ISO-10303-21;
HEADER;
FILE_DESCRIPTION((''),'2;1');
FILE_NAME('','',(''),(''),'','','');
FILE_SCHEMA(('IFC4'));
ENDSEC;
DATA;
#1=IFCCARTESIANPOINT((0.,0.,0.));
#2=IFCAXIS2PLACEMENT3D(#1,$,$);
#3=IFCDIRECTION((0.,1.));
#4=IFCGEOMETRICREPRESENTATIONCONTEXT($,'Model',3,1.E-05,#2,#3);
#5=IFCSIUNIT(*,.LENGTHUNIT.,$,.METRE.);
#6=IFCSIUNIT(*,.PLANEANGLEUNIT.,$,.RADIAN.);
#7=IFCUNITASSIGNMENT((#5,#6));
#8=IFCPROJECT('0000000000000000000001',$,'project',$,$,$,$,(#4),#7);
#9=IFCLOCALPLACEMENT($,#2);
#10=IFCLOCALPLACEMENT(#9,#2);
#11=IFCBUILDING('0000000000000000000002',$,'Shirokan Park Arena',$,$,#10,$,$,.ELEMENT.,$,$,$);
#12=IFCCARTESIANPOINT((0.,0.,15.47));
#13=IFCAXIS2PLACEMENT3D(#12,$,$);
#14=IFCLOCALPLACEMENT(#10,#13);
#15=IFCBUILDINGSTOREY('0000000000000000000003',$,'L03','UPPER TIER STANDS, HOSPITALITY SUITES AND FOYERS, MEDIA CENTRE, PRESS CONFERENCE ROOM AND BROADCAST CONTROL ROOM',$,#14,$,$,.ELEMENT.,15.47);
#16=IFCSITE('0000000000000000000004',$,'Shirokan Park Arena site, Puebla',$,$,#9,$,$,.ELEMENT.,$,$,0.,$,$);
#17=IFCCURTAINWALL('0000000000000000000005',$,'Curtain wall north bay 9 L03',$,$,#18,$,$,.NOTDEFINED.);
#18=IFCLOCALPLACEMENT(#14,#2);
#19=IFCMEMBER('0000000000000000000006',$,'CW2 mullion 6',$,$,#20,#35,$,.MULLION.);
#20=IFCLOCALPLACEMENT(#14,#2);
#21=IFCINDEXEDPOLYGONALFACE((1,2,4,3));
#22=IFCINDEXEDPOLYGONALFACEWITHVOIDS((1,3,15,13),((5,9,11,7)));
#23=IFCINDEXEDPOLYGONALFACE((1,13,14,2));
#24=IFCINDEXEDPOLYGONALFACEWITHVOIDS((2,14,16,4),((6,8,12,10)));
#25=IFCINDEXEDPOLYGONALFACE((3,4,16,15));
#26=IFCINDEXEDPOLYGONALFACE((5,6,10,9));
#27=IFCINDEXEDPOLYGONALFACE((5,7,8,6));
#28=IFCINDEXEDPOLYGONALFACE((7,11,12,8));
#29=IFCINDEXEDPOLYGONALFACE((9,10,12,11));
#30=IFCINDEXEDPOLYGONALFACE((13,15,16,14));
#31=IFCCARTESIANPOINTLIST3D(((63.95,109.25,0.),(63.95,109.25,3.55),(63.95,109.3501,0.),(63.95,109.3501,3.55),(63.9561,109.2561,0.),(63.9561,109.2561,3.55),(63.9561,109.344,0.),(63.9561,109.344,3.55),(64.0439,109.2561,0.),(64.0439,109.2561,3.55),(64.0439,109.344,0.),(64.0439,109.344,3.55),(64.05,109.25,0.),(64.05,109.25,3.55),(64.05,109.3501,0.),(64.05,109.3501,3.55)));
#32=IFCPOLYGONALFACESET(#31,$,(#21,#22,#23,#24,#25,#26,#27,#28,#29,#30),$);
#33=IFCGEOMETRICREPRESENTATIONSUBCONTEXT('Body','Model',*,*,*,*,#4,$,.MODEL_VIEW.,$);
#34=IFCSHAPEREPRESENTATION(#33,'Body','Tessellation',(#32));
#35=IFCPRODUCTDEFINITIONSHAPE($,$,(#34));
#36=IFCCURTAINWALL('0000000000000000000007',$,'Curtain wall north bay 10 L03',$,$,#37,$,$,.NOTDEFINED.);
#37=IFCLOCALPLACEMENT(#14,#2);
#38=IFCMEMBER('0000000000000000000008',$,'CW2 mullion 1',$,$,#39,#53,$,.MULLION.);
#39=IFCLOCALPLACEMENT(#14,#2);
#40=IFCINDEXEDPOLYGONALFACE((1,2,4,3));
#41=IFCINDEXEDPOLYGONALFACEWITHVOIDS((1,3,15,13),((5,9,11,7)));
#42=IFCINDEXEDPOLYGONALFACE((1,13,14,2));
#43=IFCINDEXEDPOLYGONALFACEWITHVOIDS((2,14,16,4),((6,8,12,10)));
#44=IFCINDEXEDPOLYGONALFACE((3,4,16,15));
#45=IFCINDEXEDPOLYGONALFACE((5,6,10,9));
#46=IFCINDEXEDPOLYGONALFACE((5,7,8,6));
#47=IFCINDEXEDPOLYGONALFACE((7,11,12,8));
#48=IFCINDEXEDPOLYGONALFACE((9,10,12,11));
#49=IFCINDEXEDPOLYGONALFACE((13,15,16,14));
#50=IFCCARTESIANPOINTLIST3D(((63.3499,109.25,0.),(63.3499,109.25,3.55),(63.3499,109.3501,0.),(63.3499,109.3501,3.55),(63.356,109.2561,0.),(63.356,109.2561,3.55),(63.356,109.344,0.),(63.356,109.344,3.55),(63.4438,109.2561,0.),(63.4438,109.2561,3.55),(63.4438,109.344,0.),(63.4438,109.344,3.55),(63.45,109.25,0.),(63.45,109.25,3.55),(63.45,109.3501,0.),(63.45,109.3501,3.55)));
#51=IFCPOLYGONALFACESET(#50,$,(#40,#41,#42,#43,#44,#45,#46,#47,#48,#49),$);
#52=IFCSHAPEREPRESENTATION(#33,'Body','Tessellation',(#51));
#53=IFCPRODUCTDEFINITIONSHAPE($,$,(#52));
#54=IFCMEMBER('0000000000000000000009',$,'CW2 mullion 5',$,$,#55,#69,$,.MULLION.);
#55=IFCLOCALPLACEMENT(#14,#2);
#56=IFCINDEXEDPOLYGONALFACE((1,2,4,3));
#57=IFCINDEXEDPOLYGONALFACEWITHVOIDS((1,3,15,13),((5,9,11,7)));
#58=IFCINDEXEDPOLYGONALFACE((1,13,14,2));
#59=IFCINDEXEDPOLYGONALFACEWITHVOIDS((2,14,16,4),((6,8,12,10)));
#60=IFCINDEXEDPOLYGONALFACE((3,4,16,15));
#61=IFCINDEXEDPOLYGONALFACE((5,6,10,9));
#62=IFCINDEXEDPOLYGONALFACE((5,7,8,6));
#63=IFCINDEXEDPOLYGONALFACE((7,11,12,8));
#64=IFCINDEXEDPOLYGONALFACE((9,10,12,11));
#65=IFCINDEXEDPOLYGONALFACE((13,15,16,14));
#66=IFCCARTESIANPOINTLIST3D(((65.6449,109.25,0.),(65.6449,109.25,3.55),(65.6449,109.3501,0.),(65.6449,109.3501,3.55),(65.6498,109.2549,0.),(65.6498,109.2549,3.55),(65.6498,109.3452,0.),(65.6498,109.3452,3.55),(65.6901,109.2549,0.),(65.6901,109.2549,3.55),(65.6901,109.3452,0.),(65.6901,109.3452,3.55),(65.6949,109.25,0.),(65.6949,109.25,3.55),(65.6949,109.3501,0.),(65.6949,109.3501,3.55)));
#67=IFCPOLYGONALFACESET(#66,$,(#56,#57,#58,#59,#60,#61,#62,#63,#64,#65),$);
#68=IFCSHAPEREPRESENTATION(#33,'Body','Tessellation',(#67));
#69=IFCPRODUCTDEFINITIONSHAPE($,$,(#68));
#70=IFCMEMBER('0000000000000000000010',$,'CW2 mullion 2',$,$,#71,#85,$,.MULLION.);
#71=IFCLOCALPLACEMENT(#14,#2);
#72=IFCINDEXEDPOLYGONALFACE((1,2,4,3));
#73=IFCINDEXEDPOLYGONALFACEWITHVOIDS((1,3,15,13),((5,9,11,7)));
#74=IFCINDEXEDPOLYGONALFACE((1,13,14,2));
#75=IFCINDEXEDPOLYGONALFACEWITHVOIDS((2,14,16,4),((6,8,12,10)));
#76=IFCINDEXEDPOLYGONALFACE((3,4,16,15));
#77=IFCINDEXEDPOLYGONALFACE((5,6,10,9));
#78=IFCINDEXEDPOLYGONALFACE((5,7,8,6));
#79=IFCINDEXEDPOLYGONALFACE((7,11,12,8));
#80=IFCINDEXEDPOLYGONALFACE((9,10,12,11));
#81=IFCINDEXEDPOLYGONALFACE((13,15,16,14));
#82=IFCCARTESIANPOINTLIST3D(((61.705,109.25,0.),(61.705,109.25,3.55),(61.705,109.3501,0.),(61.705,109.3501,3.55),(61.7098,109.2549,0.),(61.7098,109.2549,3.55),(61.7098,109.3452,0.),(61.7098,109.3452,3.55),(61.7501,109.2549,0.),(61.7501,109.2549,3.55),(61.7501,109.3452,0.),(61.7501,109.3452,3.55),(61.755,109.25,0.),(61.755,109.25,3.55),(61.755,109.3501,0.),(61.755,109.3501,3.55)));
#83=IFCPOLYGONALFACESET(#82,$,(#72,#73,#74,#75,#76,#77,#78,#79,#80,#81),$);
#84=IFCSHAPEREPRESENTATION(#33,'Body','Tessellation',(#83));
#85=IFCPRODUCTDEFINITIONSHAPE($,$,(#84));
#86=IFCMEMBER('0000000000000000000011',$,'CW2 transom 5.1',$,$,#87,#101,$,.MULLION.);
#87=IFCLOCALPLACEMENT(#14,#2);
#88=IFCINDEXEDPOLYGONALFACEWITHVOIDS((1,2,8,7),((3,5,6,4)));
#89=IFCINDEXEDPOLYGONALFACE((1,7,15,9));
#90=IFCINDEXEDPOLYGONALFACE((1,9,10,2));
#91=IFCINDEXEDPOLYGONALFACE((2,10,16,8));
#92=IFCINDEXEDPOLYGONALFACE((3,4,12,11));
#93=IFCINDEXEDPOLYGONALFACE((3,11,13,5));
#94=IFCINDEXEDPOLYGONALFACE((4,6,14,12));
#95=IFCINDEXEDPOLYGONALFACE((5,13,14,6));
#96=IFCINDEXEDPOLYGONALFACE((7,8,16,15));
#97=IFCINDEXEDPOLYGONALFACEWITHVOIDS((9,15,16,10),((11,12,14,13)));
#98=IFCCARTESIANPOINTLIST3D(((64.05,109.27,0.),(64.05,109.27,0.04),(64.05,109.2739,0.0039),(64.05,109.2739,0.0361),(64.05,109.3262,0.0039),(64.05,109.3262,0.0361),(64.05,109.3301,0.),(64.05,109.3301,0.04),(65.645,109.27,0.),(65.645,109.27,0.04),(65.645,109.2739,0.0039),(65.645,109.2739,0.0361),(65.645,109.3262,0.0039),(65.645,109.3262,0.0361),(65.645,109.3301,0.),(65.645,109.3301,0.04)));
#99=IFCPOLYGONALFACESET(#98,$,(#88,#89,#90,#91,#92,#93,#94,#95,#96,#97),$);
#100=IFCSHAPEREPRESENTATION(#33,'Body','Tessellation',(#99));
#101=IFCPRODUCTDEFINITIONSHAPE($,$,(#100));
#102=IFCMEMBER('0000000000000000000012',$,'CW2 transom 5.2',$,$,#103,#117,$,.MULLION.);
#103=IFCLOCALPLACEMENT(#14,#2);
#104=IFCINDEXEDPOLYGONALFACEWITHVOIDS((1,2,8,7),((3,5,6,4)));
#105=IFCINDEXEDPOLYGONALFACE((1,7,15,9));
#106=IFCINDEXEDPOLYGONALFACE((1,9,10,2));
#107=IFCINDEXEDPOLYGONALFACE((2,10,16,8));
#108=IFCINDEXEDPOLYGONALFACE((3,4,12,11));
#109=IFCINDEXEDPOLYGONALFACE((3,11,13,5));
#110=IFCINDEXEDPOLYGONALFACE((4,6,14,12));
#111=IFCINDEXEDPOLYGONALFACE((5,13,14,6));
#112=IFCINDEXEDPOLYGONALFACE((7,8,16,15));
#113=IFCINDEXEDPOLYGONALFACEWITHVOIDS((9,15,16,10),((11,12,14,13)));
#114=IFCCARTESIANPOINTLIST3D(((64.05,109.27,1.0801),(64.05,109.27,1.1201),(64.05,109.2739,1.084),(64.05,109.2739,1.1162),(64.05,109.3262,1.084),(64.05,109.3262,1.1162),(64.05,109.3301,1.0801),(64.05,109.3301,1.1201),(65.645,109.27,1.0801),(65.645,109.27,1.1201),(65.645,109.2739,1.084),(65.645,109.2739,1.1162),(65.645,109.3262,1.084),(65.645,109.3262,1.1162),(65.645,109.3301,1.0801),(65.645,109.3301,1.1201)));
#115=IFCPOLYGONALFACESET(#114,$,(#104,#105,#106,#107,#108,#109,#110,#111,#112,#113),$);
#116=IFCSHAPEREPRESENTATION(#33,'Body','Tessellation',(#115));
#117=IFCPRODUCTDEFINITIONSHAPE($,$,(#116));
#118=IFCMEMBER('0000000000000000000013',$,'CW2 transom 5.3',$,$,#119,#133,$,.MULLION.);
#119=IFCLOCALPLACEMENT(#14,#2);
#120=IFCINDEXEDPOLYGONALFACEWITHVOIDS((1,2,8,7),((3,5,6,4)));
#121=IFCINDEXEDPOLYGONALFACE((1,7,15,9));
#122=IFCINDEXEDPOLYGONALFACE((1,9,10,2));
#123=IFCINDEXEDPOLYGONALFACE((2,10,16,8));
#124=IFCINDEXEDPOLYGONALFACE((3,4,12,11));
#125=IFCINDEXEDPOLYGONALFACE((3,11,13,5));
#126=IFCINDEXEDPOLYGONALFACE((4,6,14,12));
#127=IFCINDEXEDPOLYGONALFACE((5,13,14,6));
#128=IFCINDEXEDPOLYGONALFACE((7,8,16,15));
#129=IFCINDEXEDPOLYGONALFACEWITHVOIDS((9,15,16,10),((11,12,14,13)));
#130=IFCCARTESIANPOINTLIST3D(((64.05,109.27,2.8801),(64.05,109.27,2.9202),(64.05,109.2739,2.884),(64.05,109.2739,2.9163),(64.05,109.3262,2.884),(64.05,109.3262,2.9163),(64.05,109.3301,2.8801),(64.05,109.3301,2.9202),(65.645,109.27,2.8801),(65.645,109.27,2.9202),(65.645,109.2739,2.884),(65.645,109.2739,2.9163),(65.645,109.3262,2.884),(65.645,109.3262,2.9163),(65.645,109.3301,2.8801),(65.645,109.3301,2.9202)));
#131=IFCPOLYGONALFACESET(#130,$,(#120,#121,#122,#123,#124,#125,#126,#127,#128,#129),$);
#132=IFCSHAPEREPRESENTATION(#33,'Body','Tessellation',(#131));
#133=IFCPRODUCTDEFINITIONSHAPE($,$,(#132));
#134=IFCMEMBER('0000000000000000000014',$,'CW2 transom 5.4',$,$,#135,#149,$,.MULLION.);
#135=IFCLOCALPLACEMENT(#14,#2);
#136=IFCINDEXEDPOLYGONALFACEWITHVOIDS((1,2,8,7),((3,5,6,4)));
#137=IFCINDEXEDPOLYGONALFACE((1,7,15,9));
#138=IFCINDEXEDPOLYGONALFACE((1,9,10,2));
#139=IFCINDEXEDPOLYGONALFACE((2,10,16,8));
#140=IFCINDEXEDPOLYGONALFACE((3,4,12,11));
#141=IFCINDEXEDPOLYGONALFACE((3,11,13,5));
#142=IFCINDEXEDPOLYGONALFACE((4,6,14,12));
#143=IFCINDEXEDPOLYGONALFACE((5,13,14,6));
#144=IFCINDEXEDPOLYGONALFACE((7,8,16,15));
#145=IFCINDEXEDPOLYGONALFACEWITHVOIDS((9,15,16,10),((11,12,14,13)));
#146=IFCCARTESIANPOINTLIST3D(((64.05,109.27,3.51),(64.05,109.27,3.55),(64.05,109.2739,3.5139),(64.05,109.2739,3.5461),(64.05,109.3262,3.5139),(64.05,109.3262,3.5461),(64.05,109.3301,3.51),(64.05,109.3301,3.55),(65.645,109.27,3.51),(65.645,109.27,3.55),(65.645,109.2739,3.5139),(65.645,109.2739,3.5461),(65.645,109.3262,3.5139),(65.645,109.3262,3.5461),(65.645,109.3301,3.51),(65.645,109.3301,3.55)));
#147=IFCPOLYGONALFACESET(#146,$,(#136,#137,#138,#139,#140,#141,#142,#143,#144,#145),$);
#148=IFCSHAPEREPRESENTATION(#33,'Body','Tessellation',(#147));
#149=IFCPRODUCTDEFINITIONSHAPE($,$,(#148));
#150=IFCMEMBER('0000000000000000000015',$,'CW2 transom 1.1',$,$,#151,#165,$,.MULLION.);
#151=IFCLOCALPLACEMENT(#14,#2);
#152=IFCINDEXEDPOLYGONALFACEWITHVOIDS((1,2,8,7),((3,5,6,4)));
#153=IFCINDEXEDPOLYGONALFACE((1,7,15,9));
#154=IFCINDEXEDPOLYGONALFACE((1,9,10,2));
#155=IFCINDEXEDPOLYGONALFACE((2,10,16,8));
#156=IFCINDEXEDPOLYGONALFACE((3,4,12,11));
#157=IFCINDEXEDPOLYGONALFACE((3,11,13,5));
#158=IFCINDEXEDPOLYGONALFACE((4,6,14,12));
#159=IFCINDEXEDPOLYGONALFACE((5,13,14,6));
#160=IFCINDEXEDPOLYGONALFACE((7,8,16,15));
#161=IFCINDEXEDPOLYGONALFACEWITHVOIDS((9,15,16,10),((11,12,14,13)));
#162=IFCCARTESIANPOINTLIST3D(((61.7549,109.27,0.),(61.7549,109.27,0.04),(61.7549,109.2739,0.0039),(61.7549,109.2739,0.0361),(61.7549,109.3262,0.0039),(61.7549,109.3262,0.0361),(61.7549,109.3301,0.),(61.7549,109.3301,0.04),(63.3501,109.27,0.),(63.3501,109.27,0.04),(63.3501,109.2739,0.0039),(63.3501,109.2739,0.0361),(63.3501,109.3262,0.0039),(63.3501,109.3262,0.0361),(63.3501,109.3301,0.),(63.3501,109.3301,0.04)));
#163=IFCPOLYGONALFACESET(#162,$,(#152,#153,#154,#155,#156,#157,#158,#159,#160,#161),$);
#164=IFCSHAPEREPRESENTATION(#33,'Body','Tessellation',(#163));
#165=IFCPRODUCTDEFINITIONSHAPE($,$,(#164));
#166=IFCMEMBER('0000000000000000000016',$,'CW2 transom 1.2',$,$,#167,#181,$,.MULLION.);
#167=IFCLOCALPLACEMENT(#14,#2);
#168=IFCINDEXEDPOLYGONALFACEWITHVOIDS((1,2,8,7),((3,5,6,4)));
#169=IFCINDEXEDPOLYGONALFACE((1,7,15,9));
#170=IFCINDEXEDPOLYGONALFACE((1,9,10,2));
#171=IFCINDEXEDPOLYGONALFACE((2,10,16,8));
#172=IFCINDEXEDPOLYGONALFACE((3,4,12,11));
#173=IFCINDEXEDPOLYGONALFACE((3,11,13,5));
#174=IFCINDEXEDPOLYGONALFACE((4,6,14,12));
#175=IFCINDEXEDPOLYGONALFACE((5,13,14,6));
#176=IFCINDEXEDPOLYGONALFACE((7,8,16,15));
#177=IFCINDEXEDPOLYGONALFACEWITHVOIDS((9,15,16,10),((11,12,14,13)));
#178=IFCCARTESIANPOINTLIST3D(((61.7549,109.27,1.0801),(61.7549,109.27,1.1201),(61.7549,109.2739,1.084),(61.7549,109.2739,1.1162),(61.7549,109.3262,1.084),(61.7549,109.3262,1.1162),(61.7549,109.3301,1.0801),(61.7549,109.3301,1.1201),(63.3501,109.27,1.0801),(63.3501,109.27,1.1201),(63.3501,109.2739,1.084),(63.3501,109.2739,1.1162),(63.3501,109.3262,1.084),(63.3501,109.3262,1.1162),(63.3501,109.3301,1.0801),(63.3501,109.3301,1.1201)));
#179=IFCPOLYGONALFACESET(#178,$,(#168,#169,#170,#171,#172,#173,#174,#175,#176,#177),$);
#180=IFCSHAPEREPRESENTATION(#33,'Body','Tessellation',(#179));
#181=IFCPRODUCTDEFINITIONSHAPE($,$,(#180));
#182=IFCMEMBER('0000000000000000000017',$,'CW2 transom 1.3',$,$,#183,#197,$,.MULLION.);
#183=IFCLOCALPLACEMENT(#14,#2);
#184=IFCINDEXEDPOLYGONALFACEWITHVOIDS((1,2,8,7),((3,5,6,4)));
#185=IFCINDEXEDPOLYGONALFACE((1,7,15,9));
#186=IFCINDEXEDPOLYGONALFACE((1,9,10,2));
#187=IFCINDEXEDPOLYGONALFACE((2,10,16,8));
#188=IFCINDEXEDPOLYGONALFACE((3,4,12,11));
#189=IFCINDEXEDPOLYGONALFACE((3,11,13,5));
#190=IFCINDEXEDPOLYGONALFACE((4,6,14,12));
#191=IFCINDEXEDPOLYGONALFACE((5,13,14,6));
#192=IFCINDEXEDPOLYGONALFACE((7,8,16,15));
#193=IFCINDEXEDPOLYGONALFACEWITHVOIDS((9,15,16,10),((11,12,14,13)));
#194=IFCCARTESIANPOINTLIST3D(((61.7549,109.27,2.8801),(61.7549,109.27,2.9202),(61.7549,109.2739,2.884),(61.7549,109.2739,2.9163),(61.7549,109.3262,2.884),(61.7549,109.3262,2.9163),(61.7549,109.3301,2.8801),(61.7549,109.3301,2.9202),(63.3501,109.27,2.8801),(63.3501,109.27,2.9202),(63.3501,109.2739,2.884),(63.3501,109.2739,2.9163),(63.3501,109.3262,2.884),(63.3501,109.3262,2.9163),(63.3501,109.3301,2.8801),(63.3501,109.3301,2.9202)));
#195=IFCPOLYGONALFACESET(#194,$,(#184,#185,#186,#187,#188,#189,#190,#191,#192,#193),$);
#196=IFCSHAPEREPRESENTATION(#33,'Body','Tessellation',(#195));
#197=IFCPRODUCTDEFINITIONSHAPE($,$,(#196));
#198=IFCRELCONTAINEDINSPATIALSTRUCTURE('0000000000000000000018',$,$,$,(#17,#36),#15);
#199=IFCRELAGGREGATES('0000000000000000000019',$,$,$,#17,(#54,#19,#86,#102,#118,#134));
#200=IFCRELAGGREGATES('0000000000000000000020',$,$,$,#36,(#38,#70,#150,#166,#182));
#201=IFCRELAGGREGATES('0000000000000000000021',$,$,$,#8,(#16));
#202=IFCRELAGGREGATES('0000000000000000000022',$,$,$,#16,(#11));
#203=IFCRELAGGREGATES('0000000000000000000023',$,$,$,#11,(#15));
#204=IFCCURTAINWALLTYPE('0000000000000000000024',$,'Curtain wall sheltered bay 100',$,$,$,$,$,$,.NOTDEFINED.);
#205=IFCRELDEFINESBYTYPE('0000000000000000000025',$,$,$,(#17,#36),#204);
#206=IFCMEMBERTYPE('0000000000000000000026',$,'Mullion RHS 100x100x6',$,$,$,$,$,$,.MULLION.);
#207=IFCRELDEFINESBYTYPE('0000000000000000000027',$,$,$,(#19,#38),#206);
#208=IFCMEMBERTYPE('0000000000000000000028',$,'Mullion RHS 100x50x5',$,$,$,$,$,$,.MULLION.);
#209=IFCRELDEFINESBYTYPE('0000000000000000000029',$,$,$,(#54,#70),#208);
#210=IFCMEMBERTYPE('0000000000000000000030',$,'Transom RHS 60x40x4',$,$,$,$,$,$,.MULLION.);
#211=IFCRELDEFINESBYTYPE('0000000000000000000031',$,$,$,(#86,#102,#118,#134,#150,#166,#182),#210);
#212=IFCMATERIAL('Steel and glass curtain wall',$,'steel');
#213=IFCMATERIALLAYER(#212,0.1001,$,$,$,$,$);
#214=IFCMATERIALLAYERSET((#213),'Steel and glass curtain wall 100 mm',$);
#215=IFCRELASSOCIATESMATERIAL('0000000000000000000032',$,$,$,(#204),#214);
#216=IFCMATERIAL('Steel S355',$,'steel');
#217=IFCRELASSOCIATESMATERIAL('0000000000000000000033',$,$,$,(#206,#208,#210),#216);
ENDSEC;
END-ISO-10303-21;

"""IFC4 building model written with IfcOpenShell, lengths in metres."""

from ifc_helpers import new_model, si_unit, direction, frame, origin, origin_2d, place, context, subcontext, project, spatial, hollow_rectangle, extrude, material, layer, layer_set, material_profile, profile_set, type_object, element, aggregate, save


model = new_model("IFC4")

# Units and contexts
model_context = context("Model", 3, precision=1e-05, world=origin(), true_north=direction((0.0, 1.0)))
body_context = subcontext(model_context, "Body", "Model", "MODEL_VIEW")
ifc_project = project(units=[si_unit("LENGTHUNIT", "METRE"), si_unit("PLANEANGLEUNIT", "RADIAN")], contexts=[model_context])

# Site, building, storey
site_placement = place(None, origin())
site = spatial("IfcSite", under=ifc_project, at=site_placement, Name="Shirokan Park Arena site, Puebla", CompositionType="ELEMENT", RefElevation=0.0)
building_placement = place(site_placement, origin())
building = spatial("IfcBuilding", under=site, at=building_placement, Name="Shirokan Park Arena", CompositionType="ELEMENT")
storey_placement = place(building_placement, frame((0.0, 0.0, 15.47)))
storey = spatial("IfcBuildingStorey", under=building, at=storey_placement, Name="L03", Description="UPPER TIER STANDS, HOSPITALITY SUITES AND FOYERS, MEDIA CENTRE, PRESS CONFERENCE ROOM AND BROADCAST CONTROL ROOM", CompositionType="ELEMENT", Elevation=15.47)

# Curtain walls, members
ifc_material_1 = material(Name="Steel and glass curtain wall", Category="steel")
ifc_layer_1 = layer(ifc_material_1, 0.1001)
ifc_layer_set_1 = layer_set([ifc_layer_1], Name="Steel and glass curtain wall 100 mm")
curtain_wall_type = type_object("IfcCurtainWallType", Name="Curtain wall sheltered bay 100", PredefinedType="NOTDEFINED", material=ifc_layer_set_1)
curtain_wall_1_placement = place(storey_placement, origin())
curtain_wall_1 = element("IfcCurtainWall", 1, at=curtain_wall_1_placement, inside=storey, type_object=curtain_wall_type, Name="Curtain wall north bay 9 L03", PredefinedType="NOTDEFINED")
ifc_material_2 = material(Name="Steel S355", Category="steel")
ifc_material_profile_1 = material_profile(ifc_material_2, hollow_rectangle(XDim=0.1001, YDim=0.1001, WallThickness=0.0061, at=origin_2d()), Name="RHS 100x100x6")
ifc_profile_set_1 = profile_set([ifc_material_profile_1], Name="Steel S355")
member_type_1 = type_object("IfcMemberType", Name="Mullion RHS 100x100x6", PredefinedType="MULLION", material=ifc_profile_set_1)
member_1_placement = place(storey_placement, frame((64.0, 109.3, 0.0), z_axis=(0.0, 0.0, 1.0), x_axis=(0.0, -1.0, 0.0)))
member_1 = element("IfcMember", 2, at=member_1_placement, type_object=member_type_1, Name="CW2 mullion 6", PredefinedType="MULLION", context=body_context, shape_type="SweptSolid", body=[
    extrude(hollow_rectangle(XDim=0.1001, YDim=0.1001, WallThickness=0.0061, at=origin_2d()), origin(), (0.0, 0.0, 1.0), 3.55),
])
curtain_wall_2_placement = place(storey_placement, origin())
curtain_wall_2 = element("IfcCurtainWall", 3, at=curtain_wall_2_placement, inside=storey, type_object=curtain_wall_type, Name="Curtain wall north bay 10 L03", PredefinedType="NOTDEFINED")
member_2_placement = place(storey_placement, frame((63.3999, 109.3, 0.0), z_axis=(0.0, 0.0, 1.0), x_axis=(0.0, -1.0, 0.0)))
member_2 = element("IfcMember", 4, at=member_2_placement, type_object=member_type_1, Name="CW2 mullion 1", PredefinedType="MULLION", context=body_context, shape_type="SweptSolid", body=[
    extrude(hollow_rectangle(XDim=0.1001, YDim=0.1001, WallThickness=0.0061, at=origin_2d()), origin(), (0.0, 0.0, 1.0), 3.55),
])

# Members
ifc_material_profile_2 = material_profile(ifc_material_2, hollow_rectangle(XDim=0.1001, YDim=0.05, WallThickness=0.0049, at=origin_2d()), Name="RHS 100x50x5")
ifc_profile_set_2 = profile_set([ifc_material_profile_2], Name="Steel S355")
member_type_2 = type_object("IfcMemberType", Name="Mullion RHS 100x50x5", PredefinedType="MULLION", material=ifc_profile_set_2)
member_3_placement = place(storey_placement, frame((65.6699, 109.3, 0.0), z_axis=(0.0, 0.0, 1.0), x_axis=(0.0, -1.0, 0.0)))
member_3 = element("IfcMember", 5, at=member_3_placement, type_object=member_type_2, Name="CW2 mullion 5", PredefinedType="MULLION", context=body_context, shape_type="SweptSolid", body=[
    extrude(hollow_rectangle(XDim=0.1001, YDim=0.05, WallThickness=0.0049, at=origin_2d()), origin(), (0.0, 0.0, 1.0), 3.55),
])
member_4_placement = place(storey_placement, frame((61.73, 109.3, 0.0), z_axis=(0.0, 0.0, 1.0), x_axis=(0.0, -1.0, 0.0)))
member_4 = element("IfcMember", 6, at=member_4_placement, type_object=member_type_2, Name="CW2 mullion 2", PredefinedType="MULLION", context=body_context, shape_type="SweptSolid", body=[
    extrude(hollow_rectangle(XDim=0.1001, YDim=0.05, WallThickness=0.0049, at=origin_2d()), origin(), (0.0, 0.0, 1.0), 3.55),
])
ifc_material_profile_3 = material_profile(ifc_material_2, hollow_rectangle(XDim=0.0601, YDim=0.04, WallThickness=0.0039, at=origin_2d()), Name="RHS 60x40x4")
ifc_profile_set_3 = profile_set([ifc_material_profile_3], Name="Steel S355")
member_type_3 = type_object("IfcMemberType", Name="Transom RHS 60x40x4", PredefinedType="MULLION", material=ifc_profile_set_3)
member_5_placement = place(storey_placement, frame((65.645, 109.3, 0.02), z_axis=(-1.0, 0.0, 0.0), x_axis=(0.0, -1.0, 0.0)))
member_5 = element("IfcMember", 7, at=member_5_placement, type_object=member_type_3, Name="CW2 transom 5.1", PredefinedType="MULLION", context=body_context, shape_type="SweptSolid", body=[
    extrude(hollow_rectangle(XDim=0.0601, YDim=0.04, WallThickness=0.0039, at=origin_2d()), origin(), (0.0, 0.0, 1.0), 1.595),
])
member_6_placement = place(storey_placement, frame((65.645, 109.3, 1.1001), z_axis=(-1.0, 0.0, 0.0), x_axis=(0.0, -1.0, 0.0)))
member_6 = element("IfcMember", 8, at=member_6_placement, type_object=member_type_3, Name="CW2 transom 5.2", PredefinedType="MULLION", context=body_context, shape_type="SweptSolid", body=[
    extrude(hollow_rectangle(XDim=0.0601, YDim=0.04, WallThickness=0.0039, at=origin_2d()), origin(), (0.0, 0.0, 1.0), 1.595),
])
member_7_placement = place(storey_placement, frame((65.645, 109.3, 2.9001), z_axis=(-1.0, 0.0, 0.0), x_axis=(0.0, -1.0, 0.0)))
member_7 = element("IfcMember", 9, at=member_7_placement, type_object=member_type_3, Name="CW2 transom 5.3", PredefinedType="MULLION", context=body_context, shape_type="SweptSolid", body=[
    extrude(hollow_rectangle(XDim=0.0601, YDim=0.04, WallThickness=0.0039, at=origin_2d()), origin(), (0.0, 0.0, 1.0), 1.595),
])
member_8_placement = place(storey_placement, frame((65.645, 109.3, 3.53), z_axis=(-1.0, 0.0, 0.0), x_axis=(0.0, -1.0, 0.0)))
member_8 = element("IfcMember", 10, at=member_8_placement, type_object=member_type_3, Name="CW2 transom 5.4", PredefinedType="MULLION", context=body_context, shape_type="SweptSolid", body=[
    extrude(hollow_rectangle(XDim=0.0601, YDim=0.04, WallThickness=0.0039, at=origin_2d()), origin(), (0.0, 0.0, 1.0), 1.595),
])
member_9_placement = place(storey_placement, frame((63.3501, 109.3, 0.02), z_axis=(-1.0, 0.0, 0.0), x_axis=(0.0, -1.0, 0.0)))
member_9 = element("IfcMember", 11, at=member_9_placement, type_object=member_type_3, Name="CW2 transom 1.1", PredefinedType="MULLION", context=body_context, shape_type="SweptSolid", body=[
    extrude(hollow_rectangle(XDim=0.0601, YDim=0.04, WallThickness=0.0039, at=origin_2d()), origin(), (0.0, 0.0, 1.0), 1.5952),
])
member_10_placement = place(storey_placement, frame((63.3501, 109.3, 1.1001), z_axis=(-1.0, 0.0, 0.0), x_axis=(0.0, -1.0, 0.0)))
member_10 = element("IfcMember", 12, at=member_10_placement, type_object=member_type_3, Name="CW2 transom 1.2", PredefinedType="MULLION", context=body_context, shape_type="SweptSolid", body=[
    extrude(hollow_rectangle(XDim=0.0601, YDim=0.04, WallThickness=0.0039, at=origin_2d()), origin(), (0.0, 0.0, 1.0), 1.5952),
])
member_11_placement = place(storey_placement, frame((63.3501, 109.3, 2.9001), z_axis=(-1.0, 0.0, 0.0), x_axis=(0.0, -1.0, 0.0)))
member_11 = element("IfcMember", 13, at=member_11_placement, type_object=member_type_3, Name="CW2 transom 1.3", PredefinedType="MULLION", context=body_context, shape_type="SweptSolid", body=[
    extrude(hollow_rectangle(XDim=0.0601, YDim=0.04, WallThickness=0.0039, at=origin_2d()), origin(), (0.0, 0.0, 1.0), 1.5952),
])

aggregate(curtain_wall_1, [member_3, member_1, member_5, member_6, member_7, member_8])
aggregate(curtain_wall_2, [member_2, member_4, member_9, member_10, member_11])

save(model, "model.ifc")
